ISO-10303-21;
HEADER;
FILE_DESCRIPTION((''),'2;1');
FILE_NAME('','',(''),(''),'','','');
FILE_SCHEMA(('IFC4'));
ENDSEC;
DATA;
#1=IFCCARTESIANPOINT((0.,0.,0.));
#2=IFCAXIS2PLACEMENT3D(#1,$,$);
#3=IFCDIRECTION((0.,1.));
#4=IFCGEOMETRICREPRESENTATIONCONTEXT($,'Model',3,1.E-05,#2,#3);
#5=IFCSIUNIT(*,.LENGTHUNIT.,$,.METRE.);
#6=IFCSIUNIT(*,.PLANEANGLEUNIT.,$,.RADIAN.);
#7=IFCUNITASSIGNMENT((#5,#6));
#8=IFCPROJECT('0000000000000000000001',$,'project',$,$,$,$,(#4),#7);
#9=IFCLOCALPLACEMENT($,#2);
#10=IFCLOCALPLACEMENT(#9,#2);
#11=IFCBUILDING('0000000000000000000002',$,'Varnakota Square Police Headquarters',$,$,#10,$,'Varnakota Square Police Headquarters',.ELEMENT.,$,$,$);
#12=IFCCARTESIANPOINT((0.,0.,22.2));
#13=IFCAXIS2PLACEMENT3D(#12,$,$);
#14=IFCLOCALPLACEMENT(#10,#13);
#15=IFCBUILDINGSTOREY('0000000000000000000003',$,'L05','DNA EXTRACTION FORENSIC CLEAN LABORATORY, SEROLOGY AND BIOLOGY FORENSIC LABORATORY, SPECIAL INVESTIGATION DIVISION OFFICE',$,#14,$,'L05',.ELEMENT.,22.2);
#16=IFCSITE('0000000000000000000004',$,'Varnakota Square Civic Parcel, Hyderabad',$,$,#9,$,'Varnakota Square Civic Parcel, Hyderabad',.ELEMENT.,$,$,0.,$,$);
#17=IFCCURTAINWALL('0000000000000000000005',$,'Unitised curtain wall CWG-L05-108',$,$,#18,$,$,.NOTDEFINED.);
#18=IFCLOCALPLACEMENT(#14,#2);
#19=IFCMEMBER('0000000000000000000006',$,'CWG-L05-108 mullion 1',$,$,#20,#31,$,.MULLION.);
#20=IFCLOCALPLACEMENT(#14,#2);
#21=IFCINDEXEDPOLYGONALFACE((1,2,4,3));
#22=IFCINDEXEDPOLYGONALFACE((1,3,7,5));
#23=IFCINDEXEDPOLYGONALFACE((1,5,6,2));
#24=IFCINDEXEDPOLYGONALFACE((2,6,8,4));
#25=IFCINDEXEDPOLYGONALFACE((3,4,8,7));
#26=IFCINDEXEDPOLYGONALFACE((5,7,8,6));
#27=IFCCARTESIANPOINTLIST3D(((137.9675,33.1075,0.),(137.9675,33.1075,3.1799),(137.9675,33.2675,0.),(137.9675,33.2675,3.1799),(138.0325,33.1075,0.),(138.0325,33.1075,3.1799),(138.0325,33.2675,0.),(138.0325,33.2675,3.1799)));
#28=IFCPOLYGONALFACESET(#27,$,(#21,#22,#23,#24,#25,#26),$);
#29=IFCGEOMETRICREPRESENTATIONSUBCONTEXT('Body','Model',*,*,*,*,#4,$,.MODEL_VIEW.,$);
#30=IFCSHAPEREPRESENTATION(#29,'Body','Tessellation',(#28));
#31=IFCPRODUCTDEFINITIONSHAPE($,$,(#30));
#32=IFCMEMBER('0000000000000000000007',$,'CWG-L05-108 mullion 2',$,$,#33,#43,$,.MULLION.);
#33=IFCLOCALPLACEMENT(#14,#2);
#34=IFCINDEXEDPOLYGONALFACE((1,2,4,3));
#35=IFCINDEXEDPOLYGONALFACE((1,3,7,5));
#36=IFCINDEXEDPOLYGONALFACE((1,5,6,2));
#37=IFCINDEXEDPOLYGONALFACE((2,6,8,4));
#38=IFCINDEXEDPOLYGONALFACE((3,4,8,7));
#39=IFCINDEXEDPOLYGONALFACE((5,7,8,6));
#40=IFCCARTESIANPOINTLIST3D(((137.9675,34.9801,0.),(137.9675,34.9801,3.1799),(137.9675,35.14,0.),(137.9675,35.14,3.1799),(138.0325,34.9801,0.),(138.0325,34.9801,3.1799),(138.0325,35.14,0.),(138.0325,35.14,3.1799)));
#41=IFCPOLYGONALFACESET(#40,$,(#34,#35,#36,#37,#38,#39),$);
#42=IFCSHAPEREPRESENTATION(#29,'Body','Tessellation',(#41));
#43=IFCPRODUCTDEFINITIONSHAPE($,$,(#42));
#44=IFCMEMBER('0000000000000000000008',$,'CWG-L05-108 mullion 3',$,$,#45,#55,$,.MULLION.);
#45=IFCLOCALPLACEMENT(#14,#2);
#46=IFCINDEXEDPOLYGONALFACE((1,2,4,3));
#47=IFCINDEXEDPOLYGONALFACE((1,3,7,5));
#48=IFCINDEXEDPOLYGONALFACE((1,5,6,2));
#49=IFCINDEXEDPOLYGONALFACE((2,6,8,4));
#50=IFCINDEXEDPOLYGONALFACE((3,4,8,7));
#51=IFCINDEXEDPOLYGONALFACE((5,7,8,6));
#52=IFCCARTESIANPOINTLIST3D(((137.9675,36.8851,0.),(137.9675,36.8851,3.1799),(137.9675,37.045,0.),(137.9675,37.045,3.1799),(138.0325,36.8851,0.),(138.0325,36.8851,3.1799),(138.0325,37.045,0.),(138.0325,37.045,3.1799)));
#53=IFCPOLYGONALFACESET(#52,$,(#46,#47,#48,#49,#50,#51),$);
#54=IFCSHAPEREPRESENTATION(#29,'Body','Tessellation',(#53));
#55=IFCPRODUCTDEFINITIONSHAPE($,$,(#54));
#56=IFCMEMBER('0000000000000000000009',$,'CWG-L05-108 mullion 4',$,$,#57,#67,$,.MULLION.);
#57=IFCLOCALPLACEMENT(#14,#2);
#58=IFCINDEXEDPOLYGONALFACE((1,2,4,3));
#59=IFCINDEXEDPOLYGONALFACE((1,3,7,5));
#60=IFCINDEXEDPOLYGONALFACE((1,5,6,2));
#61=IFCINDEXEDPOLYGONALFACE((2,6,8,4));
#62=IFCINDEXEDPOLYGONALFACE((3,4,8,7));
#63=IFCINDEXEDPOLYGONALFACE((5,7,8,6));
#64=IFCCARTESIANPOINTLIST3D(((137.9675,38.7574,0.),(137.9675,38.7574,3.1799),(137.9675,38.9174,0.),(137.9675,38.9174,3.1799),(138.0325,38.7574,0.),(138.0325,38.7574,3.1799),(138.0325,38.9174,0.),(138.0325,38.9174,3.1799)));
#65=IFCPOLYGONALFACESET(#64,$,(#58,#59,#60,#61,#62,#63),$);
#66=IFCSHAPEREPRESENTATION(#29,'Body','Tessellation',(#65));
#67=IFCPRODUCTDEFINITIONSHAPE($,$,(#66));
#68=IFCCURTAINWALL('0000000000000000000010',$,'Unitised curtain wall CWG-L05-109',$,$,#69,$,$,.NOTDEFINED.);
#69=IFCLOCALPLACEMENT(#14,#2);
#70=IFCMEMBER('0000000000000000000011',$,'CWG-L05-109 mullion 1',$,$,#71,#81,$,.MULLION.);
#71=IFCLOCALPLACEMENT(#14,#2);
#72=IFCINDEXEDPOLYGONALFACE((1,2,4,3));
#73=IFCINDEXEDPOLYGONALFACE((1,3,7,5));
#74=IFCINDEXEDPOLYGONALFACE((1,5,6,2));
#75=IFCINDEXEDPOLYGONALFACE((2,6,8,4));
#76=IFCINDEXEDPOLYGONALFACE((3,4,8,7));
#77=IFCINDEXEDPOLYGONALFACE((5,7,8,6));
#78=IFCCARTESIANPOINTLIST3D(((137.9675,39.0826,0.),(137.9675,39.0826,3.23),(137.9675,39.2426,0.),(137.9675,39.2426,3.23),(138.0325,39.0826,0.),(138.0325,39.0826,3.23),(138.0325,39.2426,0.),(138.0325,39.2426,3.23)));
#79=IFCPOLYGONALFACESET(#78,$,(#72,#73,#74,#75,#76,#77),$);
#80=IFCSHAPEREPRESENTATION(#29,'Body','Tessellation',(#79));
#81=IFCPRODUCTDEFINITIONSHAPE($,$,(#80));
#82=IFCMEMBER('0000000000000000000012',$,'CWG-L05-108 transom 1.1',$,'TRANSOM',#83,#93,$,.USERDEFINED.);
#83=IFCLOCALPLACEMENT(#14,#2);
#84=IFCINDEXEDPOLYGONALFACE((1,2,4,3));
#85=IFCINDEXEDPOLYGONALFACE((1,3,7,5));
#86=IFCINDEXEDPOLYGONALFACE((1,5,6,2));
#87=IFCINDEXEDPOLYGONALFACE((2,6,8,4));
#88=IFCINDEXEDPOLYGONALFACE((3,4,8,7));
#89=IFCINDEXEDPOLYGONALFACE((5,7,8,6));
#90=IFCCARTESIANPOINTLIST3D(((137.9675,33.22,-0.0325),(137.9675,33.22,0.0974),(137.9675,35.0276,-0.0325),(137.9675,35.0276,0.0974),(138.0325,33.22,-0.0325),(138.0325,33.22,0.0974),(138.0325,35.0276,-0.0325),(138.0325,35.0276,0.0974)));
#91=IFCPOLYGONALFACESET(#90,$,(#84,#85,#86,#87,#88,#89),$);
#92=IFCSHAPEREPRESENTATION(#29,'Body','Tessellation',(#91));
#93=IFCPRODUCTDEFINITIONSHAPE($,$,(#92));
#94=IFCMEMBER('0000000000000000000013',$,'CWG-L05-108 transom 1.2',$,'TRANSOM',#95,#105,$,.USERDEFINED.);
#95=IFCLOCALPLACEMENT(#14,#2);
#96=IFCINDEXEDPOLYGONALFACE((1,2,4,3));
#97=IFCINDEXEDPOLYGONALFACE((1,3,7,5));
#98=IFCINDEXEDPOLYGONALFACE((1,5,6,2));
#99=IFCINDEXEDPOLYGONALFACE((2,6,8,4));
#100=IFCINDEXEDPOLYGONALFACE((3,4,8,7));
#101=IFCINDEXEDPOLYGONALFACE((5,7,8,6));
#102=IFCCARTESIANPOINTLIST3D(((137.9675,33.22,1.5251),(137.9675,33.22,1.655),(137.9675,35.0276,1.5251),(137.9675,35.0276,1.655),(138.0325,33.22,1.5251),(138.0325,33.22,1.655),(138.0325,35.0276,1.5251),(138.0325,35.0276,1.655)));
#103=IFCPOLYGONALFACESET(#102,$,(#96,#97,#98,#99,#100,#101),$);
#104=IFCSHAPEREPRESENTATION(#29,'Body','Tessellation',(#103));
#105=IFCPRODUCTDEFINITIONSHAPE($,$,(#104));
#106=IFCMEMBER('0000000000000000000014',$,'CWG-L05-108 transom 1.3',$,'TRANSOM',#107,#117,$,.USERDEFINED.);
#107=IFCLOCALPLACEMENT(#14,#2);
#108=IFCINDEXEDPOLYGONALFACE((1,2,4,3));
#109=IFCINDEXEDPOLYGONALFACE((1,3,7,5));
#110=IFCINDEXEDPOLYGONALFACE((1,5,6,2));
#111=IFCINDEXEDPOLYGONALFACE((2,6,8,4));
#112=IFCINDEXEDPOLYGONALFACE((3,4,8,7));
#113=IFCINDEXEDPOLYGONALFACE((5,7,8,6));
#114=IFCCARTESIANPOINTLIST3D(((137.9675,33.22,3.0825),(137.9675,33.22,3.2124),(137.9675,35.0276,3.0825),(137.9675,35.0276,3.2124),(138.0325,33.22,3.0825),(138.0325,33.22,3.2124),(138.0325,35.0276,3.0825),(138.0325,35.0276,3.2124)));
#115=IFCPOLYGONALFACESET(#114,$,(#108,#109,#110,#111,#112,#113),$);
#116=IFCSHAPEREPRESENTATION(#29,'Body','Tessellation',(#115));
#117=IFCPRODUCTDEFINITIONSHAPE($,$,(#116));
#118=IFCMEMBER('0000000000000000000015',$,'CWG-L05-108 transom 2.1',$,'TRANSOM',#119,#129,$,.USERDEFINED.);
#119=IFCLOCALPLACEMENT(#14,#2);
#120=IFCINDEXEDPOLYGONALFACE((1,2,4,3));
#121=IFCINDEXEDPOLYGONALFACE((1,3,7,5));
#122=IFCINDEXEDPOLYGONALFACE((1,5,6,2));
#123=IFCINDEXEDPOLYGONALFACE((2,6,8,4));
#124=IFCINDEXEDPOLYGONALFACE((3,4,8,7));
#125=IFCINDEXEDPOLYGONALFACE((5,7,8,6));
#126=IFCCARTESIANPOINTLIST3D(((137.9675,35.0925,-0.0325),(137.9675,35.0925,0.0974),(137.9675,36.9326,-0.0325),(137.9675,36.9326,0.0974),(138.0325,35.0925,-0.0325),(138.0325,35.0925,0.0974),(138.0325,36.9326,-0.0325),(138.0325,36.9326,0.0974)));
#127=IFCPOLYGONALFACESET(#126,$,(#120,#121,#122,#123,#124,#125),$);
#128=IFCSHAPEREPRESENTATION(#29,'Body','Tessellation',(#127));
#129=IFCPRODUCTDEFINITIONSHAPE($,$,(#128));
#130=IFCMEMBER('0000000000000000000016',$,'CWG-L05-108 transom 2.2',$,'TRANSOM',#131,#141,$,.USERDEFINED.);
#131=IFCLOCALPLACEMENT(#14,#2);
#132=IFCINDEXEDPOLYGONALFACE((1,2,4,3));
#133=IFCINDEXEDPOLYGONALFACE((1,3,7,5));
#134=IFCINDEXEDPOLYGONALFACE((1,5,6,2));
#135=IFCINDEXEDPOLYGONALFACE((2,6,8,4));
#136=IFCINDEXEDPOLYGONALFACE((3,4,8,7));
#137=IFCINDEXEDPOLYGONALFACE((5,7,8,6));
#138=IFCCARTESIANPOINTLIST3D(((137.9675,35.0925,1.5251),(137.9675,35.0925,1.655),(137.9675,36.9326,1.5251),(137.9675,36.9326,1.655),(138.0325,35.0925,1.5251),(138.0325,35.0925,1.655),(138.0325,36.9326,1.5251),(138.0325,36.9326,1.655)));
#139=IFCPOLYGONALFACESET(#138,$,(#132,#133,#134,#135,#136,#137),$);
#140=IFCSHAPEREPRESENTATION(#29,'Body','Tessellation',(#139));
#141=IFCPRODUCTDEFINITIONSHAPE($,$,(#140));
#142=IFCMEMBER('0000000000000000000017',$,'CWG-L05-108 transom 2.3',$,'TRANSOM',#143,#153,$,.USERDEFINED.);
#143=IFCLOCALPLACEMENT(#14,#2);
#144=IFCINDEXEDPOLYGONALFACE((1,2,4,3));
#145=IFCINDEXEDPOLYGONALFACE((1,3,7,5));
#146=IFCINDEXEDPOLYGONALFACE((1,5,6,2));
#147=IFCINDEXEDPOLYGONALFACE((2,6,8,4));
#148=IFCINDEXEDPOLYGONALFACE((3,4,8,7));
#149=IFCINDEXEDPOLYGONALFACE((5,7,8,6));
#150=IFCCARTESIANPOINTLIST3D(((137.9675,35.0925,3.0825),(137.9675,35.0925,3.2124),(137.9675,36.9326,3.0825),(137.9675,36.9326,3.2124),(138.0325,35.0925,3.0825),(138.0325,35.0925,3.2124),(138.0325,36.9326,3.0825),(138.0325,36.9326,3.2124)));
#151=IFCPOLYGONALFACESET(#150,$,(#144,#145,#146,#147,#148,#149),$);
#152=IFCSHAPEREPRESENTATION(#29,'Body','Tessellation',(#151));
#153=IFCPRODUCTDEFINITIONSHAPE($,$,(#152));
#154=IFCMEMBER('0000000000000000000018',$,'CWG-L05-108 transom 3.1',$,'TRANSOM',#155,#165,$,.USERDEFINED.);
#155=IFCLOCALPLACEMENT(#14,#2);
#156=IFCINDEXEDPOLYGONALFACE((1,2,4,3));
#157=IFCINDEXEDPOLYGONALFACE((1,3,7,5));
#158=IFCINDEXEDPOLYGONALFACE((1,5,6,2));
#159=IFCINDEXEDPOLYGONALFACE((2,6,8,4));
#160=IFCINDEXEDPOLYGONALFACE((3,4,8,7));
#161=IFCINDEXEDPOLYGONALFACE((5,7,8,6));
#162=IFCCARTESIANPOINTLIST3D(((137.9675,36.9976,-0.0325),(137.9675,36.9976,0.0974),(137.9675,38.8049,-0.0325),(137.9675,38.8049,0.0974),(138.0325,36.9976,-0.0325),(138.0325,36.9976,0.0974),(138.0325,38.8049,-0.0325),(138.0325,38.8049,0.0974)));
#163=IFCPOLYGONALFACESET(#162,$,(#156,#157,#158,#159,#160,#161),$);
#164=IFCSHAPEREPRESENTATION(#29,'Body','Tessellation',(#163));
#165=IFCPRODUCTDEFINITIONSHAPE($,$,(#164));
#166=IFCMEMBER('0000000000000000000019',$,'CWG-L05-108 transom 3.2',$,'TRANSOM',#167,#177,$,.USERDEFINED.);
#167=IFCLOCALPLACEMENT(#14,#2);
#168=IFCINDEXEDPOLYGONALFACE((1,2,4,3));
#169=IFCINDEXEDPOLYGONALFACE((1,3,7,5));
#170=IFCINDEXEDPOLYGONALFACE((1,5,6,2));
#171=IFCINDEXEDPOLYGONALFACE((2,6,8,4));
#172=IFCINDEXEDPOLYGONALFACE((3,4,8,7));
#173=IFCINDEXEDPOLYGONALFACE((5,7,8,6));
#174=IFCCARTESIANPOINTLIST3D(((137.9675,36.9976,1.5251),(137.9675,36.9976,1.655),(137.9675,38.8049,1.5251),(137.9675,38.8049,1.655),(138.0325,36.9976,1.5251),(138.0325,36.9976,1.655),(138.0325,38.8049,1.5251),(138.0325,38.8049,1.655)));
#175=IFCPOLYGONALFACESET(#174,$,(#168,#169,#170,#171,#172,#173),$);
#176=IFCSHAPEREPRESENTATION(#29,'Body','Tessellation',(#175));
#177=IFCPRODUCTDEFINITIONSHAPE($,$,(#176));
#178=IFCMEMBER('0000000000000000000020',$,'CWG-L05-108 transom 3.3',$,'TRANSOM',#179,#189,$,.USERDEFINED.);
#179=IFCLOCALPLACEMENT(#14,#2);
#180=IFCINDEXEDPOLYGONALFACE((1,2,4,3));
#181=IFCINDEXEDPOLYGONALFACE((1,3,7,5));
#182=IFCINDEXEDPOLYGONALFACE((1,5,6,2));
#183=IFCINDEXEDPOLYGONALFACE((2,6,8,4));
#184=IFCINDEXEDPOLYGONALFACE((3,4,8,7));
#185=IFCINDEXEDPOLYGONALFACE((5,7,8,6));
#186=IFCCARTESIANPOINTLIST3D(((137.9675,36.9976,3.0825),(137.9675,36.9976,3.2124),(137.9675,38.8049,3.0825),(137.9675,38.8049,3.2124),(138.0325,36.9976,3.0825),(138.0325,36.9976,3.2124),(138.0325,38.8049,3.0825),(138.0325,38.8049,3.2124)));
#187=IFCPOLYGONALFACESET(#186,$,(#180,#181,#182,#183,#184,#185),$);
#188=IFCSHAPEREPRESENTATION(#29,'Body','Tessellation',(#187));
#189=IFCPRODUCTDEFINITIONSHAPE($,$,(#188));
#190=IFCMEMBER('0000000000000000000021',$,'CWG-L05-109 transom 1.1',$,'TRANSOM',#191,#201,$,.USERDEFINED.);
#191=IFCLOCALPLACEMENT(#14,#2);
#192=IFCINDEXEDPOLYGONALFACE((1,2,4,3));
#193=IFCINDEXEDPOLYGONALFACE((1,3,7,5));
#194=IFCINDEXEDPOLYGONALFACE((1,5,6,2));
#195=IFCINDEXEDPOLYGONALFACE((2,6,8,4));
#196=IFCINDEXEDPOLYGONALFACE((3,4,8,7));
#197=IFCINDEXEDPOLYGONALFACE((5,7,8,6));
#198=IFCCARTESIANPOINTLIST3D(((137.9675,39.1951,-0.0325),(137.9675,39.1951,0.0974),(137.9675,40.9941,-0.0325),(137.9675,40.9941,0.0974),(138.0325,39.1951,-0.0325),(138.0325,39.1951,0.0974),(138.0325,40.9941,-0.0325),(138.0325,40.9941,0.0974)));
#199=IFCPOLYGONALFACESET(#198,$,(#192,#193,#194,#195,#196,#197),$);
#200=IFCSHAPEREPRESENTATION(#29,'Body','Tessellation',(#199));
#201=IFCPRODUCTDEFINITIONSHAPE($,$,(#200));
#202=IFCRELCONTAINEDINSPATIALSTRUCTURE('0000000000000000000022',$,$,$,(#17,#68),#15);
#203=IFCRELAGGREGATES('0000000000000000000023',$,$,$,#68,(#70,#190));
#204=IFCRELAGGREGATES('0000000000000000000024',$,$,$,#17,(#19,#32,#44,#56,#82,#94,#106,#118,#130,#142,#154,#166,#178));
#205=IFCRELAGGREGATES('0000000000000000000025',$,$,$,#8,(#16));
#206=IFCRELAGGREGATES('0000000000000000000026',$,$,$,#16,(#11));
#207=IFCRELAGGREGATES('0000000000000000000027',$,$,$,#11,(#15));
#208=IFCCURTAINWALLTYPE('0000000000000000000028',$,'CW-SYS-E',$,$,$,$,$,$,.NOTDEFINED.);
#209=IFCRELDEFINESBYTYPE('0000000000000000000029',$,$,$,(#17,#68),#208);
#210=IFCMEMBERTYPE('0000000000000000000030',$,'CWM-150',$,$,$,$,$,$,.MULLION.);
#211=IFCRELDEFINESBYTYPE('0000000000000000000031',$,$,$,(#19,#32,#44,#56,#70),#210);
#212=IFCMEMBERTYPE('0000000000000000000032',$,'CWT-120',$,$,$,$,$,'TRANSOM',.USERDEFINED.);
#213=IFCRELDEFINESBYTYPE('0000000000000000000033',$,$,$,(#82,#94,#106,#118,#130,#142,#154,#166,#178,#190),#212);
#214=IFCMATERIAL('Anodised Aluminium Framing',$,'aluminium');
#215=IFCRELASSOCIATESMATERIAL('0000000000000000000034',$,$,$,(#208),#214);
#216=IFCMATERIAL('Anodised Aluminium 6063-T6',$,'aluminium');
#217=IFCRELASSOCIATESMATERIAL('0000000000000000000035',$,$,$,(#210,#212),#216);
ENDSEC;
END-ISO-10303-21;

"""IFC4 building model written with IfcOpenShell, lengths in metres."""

from ifc_helpers import new_model, si_unit, direction, frame, origin, origin_2d, place, context, subcontext, project, spatial, rectangle, extrude, material, material_profile, profile_set, type_object, element, aggregate, save


model = new_model("IFC4")

# Units and contexts
model_context = context("Model", 3, precision=1e-05, world=origin(), true_north=direction((0.0, 1.0)))
body_context = subcontext(model_context, "Body", "Model", "MODEL_VIEW")
ifc_project = project(units=[si_unit("LENGTHUNIT", "METRE"), si_unit("PLANEANGLEUNIT", "RADIAN")], contexts=[model_context])

# Site, building, storey
site_placement = place(None, origin())
site = spatial("IfcSite", under=ifc_project, at=site_placement, Name="Varnakota Square Civic Parcel, Hyderabad", LongName="Varnakota Square Civic Parcel, Hyderabad", CompositionType="ELEMENT", RefElevation=0.0)
building_placement = place(site_placement, origin())
building = spatial("IfcBuilding", under=site, at=building_placement, Name="Varnakota Square Police Headquarters", LongName="Varnakota Square Police Headquarters", CompositionType="ELEMENT")
storey_placement = place(building_placement, frame((0.0, 0.0, 22.2)))
storey = spatial("IfcBuildingStorey", under=building, at=storey_placement, Name="L05", Description="DNA EXTRACTION FORENSIC CLEAN LABORATORY, SEROLOGY AND BIOLOGY FORENSIC LABORATORY, SPECIAL INVESTIGATION DIVISION OFFICE", LongName="L05", CompositionType="ELEMENT", Elevation=22.2)

# Curtain wall, members
ifc_material_1 = material(Name="Anodised Aluminium Framing", Category="aluminium")
curtain_wall_type = type_object("IfcCurtainWallType", Name="CW-SYS-E", PredefinedType="NOTDEFINED", material=ifc_material_1)
curtain_wall_1_placement = place(storey_placement, origin())
curtain_wall_1 = element("IfcCurtainWall", 1, at=curtain_wall_1_placement, inside=storey, type_object=curtain_wall_type, Name="Unitised curtain wall CWG-L05-108", PredefinedType="NOTDEFINED")
ifc_material_2 = material(Name="Anodised Aluminium 6063-T6", Category="aluminium")
ifc_material_profile_1 = material_profile(ifc_material_2, rectangle(XDim=0.0649, YDim=0.1599, at=origin_2d()), Name="ALU MULLION 65x160")
ifc_profile_set_1 = profile_set([ifc_material_profile_1], Name="Anodised Aluminium 6063-T6")
member_type_1 = type_object("IfcMemberType", Name="CWM-150", PredefinedType="MULLION", material=ifc_profile_set_1)
member_1_placement = place(storey_placement, frame((138.0, 33.1875, 0.0), z_axis=(0.0, 0.0, 1.0), x_axis=(-1.0, 0.0, 0.0)))
member_1 = element("IfcMember", 2, at=member_1_placement, type_object=member_type_1, Name="CWG-L05-108 mullion 1", PredefinedType="MULLION", context=body_context, shape_type="SweptSolid", body=[
    extrude(rectangle(XDim=0.0649, YDim=0.1599, at=origin_2d()), origin(), (0.0, 0.0, 1.0), 3.1799),
])
member_2_placement = place(storey_placement, frame((138.0, 35.0601, 0.0), z_axis=(0.0, 0.0, 1.0), x_axis=(-1.0, 0.0, 0.0)))
member_2 = element("IfcMember", 3, at=member_2_placement, type_object=member_type_1, Name="CWG-L05-108 mullion 2", PredefinedType="MULLION", context=body_context, shape_type="SweptSolid", body=[
    extrude(rectangle(XDim=0.0649, YDim=0.1599, at=origin_2d()), origin(), (0.0, 0.0, 1.0), 3.1799),
])
member_3_placement = place(storey_placement, frame((138.0, 36.9651, 0.0), z_axis=(0.0, 0.0, 1.0), x_axis=(-1.0, 0.0, 0.0)))
member_3 = element("IfcMember", 4, at=member_3_placement, type_object=member_type_1, Name="CWG-L05-108 mullion 3", PredefinedType="MULLION", context=body_context, shape_type="SweptSolid", body=[
    extrude(rectangle(XDim=0.0649, YDim=0.1599, at=origin_2d()), origin(), (0.0, 0.0, 1.0), 3.1799),
])
member_4_placement = place(storey_placement, frame((138.0, 38.8374, 0.0), z_axis=(0.0, 0.0, 1.0), x_axis=(-1.0, 0.0, 0.0)))
member_4 = element("IfcMember", 5, at=member_4_placement, type_object=member_type_1, Name="CWG-L05-108 mullion 4", PredefinedType="MULLION", context=body_context, shape_type="SweptSolid", body=[
    extrude(rectangle(XDim=0.0649, YDim=0.1599, at=origin_2d()), origin(), (0.0, 0.0, 1.0), 3.1799),
])

# Curtain wall, member
curtain_wall_2_placement = place(storey_placement, origin())
curtain_wall_2 = element("IfcCurtainWall", 6, at=curtain_wall_2_placement, inside=storey, type_object=curtain_wall_type, Name="Unitised curtain wall CWG-L05-109", PredefinedType="NOTDEFINED")
member_5_placement = place(storey_placement, frame((138.0, 39.1626, 0.0), z_axis=(0.0, 0.0, 1.0), x_axis=(-1.0, 0.0, 0.0)))
member_5 = element("IfcMember", 7, at=member_5_placement, type_object=member_type_1, Name="CWG-L05-109 mullion 1", PredefinedType="MULLION", context=body_context, shape_type="SweptSolid", body=[
    extrude(rectangle(XDim=0.0649, YDim=0.1599, at=origin_2d()), origin(), (0.0, 0.0, 1.0), 3.23),
])

# Members
ifc_material_profile_2 = material_profile(ifc_material_2, rectangle(XDim=0.0649, YDim=0.1299, at=origin_2d()), Name="ALU TRANSOM 65x130")
ifc_profile_set_2 = profile_set([ifc_material_profile_2], Name="Anodised Aluminium 6063-T6")
member_type_2 = type_object("IfcMemberType", Name="CWT-120", ElementType="TRANSOM", PredefinedType="USERDEFINED", material=ifc_profile_set_2)
member_6_placement = place(storey_placement, frame((138.0, 33.22, 0.0325), z_axis=(0.0, 1.0, 0.0), x_axis=(-1.0, 0.0, 0.0)))
member_6 = element("IfcMember", 8, at=member_6_placement, type_object=member_type_2, Name="CWG-L05-108 transom 1.1", ObjectType="TRANSOM", PredefinedType="USERDEFINED", context=body_context, shape_type="SweptSolid", body=[
    extrude(rectangle(XDim=0.0649, YDim=0.1299, at=origin_2d()), origin(), (0.0, 0.0, 1.0), 1.8076),
])
member_7_placement = place(storey_placement, frame((138.0, 33.22, 1.5901), z_axis=(0.0, 1.0, 0.0), x_axis=(-1.0, 0.0, 0.0)))
member_7 = element("IfcMember", 9, at=member_7_placement, type_object=member_type_2, Name="CWG-L05-108 transom 1.2", ObjectType="TRANSOM", PredefinedType="USERDEFINED", context=body_context, shape_type="SweptSolid", body=[
    extrude(rectangle(XDim=0.0649, YDim=0.1299, at=origin_2d()), origin(), (0.0, 0.0, 1.0), 1.8076),
])
member_8_placement = place(storey_placement, frame((138.0, 33.22, 3.1475), z_axis=(0.0, 1.0, 0.0), x_axis=(-1.0, 0.0, 0.0)))
member_8 = element("IfcMember", 10, at=member_8_placement, type_object=member_type_2, Name="CWG-L05-108 transom 1.3", ObjectType="TRANSOM", PredefinedType="USERDEFINED", context=body_context, shape_type="SweptSolid", body=[
    extrude(rectangle(XDim=0.0649, YDim=0.1299, at=origin_2d()), origin(), (0.0, 0.0, 1.0), 1.8076),
])
member_9_placement = place(storey_placement, frame((138.0, 35.0925, 0.0325), z_axis=(0.0, 1.0, 0.0), x_axis=(-1.0, 0.0, 0.0)))
member_9 = element("IfcMember", 11, at=member_9_placement, type_object=member_type_2, Name="CWG-L05-108 transom 2.1", ObjectType="TRANSOM", PredefinedType="USERDEFINED", context=body_context, shape_type="SweptSolid", body=[
    extrude(rectangle(XDim=0.0649, YDim=0.1299, at=origin_2d()), origin(), (0.0, 0.0, 1.0), 1.8401),
])
member_10_placement = place(storey_placement, frame((138.0, 35.0925, 1.5901), z_axis=(0.0, 1.0, 0.0), x_axis=(-1.0, 0.0, 0.0)))
member_10 = element("IfcMember", 12, at=member_10_placement, type_object=member_type_2, Name="CWG-L05-108 transom 2.2", ObjectType="TRANSOM", PredefinedType="USERDEFINED", context=body_context, shape_type="SweptSolid", body=[
    extrude(rectangle(XDim=0.0649, YDim=0.1299, at=origin_2d()), origin(), (0.0, 0.0, 1.0), 1.8401),
])
member_11_placement = place(storey_placement, frame((138.0, 35.0925, 3.1475), z_axis=(0.0, 1.0, 0.0), x_axis=(-1.0, 0.0, 0.0)))
member_11 = element("IfcMember", 13, at=member_11_placement, type_object=member_type_2, Name="CWG-L05-108 transom 2.3", ObjectType="TRANSOM", PredefinedType="USERDEFINED", context=body_context, shape_type="SweptSolid", body=[
    extrude(rectangle(XDim=0.0649, YDim=0.1299, at=origin_2d()), origin(), (0.0, 0.0, 1.0), 1.8401),
])
member_12_placement = place(storey_placement, frame((138.0, 36.9976, 0.0325), z_axis=(0.0, 1.0, 0.0), x_axis=(-1.0, 0.0, 0.0)))
member_12 = element("IfcMember", 14, at=member_12_placement, type_object=member_type_2, Name="CWG-L05-108 transom 3.1", ObjectType="TRANSOM", PredefinedType="USERDEFINED", context=body_context, shape_type="SweptSolid", body=[
    extrude(rectangle(XDim=0.0649, YDim=0.1299, at=origin_2d()), origin(), (0.0, 0.0, 1.0), 1.8074),
])
member_13_placement = place(storey_placement, frame((138.0, 36.9976, 1.5901), z_axis=(0.0, 1.0, 0.0), x_axis=(-1.0, 0.0, 0.0)))
member_13 = element("IfcMember", 15, at=member_13_placement, type_object=member_type_2, Name="CWG-L05-108 transom 3.2", ObjectType="TRANSOM", PredefinedType="USERDEFINED", context=body_context, shape_type="SweptSolid", body=[
    extrude(rectangle(XDim=0.0649, YDim=0.1299, at=origin_2d()), origin(), (0.0, 0.0, 1.0), 1.8074),
])
member_14_placement = place(storey_placement, frame((138.0, 36.9976, 3.1475), z_axis=(0.0, 1.0, 0.0), x_axis=(-1.0, 0.0, 0.0)))
member_14 = element("IfcMember", 16, at=member_14_placement, type_object=member_type_2, Name="CWG-L05-108 transom 3.3", ObjectType="TRANSOM", PredefinedType="USERDEFINED", context=body_context, shape_type="SweptSolid", body=[
    extrude(rectangle(XDim=0.0649, YDim=0.1299, at=origin_2d()), origin(), (0.0, 0.0, 1.0), 1.8074),
])
member_15_placement = place(storey_placement, frame((138.0, 39.1951, 0.0325), z_axis=(0.0, 1.0, 0.0), x_axis=(-1.0, 0.0, 0.0)))
member_15 = element("IfcMember", 17, at=member_15_placement, type_object=member_type_2, Name="CWG-L05-109 transom 1.1", ObjectType="TRANSOM", PredefinedType="USERDEFINED", context=body_context, shape_type="SweptSolid", body=[
    extrude(rectangle(XDim=0.0649, YDim=0.1299, at=origin_2d()), origin(), (0.0, 0.0, 1.0), 1.7991),
])
aggregate(curtain_wall_2, [member_5, member_15])

aggregate(curtain_wall_1, [member_1, member_2, member_3, member_4, member_6, member_7, member_8, member_9, member_10, member_11, member_12, member_13, member_14])

save(model, "model.ifc")
